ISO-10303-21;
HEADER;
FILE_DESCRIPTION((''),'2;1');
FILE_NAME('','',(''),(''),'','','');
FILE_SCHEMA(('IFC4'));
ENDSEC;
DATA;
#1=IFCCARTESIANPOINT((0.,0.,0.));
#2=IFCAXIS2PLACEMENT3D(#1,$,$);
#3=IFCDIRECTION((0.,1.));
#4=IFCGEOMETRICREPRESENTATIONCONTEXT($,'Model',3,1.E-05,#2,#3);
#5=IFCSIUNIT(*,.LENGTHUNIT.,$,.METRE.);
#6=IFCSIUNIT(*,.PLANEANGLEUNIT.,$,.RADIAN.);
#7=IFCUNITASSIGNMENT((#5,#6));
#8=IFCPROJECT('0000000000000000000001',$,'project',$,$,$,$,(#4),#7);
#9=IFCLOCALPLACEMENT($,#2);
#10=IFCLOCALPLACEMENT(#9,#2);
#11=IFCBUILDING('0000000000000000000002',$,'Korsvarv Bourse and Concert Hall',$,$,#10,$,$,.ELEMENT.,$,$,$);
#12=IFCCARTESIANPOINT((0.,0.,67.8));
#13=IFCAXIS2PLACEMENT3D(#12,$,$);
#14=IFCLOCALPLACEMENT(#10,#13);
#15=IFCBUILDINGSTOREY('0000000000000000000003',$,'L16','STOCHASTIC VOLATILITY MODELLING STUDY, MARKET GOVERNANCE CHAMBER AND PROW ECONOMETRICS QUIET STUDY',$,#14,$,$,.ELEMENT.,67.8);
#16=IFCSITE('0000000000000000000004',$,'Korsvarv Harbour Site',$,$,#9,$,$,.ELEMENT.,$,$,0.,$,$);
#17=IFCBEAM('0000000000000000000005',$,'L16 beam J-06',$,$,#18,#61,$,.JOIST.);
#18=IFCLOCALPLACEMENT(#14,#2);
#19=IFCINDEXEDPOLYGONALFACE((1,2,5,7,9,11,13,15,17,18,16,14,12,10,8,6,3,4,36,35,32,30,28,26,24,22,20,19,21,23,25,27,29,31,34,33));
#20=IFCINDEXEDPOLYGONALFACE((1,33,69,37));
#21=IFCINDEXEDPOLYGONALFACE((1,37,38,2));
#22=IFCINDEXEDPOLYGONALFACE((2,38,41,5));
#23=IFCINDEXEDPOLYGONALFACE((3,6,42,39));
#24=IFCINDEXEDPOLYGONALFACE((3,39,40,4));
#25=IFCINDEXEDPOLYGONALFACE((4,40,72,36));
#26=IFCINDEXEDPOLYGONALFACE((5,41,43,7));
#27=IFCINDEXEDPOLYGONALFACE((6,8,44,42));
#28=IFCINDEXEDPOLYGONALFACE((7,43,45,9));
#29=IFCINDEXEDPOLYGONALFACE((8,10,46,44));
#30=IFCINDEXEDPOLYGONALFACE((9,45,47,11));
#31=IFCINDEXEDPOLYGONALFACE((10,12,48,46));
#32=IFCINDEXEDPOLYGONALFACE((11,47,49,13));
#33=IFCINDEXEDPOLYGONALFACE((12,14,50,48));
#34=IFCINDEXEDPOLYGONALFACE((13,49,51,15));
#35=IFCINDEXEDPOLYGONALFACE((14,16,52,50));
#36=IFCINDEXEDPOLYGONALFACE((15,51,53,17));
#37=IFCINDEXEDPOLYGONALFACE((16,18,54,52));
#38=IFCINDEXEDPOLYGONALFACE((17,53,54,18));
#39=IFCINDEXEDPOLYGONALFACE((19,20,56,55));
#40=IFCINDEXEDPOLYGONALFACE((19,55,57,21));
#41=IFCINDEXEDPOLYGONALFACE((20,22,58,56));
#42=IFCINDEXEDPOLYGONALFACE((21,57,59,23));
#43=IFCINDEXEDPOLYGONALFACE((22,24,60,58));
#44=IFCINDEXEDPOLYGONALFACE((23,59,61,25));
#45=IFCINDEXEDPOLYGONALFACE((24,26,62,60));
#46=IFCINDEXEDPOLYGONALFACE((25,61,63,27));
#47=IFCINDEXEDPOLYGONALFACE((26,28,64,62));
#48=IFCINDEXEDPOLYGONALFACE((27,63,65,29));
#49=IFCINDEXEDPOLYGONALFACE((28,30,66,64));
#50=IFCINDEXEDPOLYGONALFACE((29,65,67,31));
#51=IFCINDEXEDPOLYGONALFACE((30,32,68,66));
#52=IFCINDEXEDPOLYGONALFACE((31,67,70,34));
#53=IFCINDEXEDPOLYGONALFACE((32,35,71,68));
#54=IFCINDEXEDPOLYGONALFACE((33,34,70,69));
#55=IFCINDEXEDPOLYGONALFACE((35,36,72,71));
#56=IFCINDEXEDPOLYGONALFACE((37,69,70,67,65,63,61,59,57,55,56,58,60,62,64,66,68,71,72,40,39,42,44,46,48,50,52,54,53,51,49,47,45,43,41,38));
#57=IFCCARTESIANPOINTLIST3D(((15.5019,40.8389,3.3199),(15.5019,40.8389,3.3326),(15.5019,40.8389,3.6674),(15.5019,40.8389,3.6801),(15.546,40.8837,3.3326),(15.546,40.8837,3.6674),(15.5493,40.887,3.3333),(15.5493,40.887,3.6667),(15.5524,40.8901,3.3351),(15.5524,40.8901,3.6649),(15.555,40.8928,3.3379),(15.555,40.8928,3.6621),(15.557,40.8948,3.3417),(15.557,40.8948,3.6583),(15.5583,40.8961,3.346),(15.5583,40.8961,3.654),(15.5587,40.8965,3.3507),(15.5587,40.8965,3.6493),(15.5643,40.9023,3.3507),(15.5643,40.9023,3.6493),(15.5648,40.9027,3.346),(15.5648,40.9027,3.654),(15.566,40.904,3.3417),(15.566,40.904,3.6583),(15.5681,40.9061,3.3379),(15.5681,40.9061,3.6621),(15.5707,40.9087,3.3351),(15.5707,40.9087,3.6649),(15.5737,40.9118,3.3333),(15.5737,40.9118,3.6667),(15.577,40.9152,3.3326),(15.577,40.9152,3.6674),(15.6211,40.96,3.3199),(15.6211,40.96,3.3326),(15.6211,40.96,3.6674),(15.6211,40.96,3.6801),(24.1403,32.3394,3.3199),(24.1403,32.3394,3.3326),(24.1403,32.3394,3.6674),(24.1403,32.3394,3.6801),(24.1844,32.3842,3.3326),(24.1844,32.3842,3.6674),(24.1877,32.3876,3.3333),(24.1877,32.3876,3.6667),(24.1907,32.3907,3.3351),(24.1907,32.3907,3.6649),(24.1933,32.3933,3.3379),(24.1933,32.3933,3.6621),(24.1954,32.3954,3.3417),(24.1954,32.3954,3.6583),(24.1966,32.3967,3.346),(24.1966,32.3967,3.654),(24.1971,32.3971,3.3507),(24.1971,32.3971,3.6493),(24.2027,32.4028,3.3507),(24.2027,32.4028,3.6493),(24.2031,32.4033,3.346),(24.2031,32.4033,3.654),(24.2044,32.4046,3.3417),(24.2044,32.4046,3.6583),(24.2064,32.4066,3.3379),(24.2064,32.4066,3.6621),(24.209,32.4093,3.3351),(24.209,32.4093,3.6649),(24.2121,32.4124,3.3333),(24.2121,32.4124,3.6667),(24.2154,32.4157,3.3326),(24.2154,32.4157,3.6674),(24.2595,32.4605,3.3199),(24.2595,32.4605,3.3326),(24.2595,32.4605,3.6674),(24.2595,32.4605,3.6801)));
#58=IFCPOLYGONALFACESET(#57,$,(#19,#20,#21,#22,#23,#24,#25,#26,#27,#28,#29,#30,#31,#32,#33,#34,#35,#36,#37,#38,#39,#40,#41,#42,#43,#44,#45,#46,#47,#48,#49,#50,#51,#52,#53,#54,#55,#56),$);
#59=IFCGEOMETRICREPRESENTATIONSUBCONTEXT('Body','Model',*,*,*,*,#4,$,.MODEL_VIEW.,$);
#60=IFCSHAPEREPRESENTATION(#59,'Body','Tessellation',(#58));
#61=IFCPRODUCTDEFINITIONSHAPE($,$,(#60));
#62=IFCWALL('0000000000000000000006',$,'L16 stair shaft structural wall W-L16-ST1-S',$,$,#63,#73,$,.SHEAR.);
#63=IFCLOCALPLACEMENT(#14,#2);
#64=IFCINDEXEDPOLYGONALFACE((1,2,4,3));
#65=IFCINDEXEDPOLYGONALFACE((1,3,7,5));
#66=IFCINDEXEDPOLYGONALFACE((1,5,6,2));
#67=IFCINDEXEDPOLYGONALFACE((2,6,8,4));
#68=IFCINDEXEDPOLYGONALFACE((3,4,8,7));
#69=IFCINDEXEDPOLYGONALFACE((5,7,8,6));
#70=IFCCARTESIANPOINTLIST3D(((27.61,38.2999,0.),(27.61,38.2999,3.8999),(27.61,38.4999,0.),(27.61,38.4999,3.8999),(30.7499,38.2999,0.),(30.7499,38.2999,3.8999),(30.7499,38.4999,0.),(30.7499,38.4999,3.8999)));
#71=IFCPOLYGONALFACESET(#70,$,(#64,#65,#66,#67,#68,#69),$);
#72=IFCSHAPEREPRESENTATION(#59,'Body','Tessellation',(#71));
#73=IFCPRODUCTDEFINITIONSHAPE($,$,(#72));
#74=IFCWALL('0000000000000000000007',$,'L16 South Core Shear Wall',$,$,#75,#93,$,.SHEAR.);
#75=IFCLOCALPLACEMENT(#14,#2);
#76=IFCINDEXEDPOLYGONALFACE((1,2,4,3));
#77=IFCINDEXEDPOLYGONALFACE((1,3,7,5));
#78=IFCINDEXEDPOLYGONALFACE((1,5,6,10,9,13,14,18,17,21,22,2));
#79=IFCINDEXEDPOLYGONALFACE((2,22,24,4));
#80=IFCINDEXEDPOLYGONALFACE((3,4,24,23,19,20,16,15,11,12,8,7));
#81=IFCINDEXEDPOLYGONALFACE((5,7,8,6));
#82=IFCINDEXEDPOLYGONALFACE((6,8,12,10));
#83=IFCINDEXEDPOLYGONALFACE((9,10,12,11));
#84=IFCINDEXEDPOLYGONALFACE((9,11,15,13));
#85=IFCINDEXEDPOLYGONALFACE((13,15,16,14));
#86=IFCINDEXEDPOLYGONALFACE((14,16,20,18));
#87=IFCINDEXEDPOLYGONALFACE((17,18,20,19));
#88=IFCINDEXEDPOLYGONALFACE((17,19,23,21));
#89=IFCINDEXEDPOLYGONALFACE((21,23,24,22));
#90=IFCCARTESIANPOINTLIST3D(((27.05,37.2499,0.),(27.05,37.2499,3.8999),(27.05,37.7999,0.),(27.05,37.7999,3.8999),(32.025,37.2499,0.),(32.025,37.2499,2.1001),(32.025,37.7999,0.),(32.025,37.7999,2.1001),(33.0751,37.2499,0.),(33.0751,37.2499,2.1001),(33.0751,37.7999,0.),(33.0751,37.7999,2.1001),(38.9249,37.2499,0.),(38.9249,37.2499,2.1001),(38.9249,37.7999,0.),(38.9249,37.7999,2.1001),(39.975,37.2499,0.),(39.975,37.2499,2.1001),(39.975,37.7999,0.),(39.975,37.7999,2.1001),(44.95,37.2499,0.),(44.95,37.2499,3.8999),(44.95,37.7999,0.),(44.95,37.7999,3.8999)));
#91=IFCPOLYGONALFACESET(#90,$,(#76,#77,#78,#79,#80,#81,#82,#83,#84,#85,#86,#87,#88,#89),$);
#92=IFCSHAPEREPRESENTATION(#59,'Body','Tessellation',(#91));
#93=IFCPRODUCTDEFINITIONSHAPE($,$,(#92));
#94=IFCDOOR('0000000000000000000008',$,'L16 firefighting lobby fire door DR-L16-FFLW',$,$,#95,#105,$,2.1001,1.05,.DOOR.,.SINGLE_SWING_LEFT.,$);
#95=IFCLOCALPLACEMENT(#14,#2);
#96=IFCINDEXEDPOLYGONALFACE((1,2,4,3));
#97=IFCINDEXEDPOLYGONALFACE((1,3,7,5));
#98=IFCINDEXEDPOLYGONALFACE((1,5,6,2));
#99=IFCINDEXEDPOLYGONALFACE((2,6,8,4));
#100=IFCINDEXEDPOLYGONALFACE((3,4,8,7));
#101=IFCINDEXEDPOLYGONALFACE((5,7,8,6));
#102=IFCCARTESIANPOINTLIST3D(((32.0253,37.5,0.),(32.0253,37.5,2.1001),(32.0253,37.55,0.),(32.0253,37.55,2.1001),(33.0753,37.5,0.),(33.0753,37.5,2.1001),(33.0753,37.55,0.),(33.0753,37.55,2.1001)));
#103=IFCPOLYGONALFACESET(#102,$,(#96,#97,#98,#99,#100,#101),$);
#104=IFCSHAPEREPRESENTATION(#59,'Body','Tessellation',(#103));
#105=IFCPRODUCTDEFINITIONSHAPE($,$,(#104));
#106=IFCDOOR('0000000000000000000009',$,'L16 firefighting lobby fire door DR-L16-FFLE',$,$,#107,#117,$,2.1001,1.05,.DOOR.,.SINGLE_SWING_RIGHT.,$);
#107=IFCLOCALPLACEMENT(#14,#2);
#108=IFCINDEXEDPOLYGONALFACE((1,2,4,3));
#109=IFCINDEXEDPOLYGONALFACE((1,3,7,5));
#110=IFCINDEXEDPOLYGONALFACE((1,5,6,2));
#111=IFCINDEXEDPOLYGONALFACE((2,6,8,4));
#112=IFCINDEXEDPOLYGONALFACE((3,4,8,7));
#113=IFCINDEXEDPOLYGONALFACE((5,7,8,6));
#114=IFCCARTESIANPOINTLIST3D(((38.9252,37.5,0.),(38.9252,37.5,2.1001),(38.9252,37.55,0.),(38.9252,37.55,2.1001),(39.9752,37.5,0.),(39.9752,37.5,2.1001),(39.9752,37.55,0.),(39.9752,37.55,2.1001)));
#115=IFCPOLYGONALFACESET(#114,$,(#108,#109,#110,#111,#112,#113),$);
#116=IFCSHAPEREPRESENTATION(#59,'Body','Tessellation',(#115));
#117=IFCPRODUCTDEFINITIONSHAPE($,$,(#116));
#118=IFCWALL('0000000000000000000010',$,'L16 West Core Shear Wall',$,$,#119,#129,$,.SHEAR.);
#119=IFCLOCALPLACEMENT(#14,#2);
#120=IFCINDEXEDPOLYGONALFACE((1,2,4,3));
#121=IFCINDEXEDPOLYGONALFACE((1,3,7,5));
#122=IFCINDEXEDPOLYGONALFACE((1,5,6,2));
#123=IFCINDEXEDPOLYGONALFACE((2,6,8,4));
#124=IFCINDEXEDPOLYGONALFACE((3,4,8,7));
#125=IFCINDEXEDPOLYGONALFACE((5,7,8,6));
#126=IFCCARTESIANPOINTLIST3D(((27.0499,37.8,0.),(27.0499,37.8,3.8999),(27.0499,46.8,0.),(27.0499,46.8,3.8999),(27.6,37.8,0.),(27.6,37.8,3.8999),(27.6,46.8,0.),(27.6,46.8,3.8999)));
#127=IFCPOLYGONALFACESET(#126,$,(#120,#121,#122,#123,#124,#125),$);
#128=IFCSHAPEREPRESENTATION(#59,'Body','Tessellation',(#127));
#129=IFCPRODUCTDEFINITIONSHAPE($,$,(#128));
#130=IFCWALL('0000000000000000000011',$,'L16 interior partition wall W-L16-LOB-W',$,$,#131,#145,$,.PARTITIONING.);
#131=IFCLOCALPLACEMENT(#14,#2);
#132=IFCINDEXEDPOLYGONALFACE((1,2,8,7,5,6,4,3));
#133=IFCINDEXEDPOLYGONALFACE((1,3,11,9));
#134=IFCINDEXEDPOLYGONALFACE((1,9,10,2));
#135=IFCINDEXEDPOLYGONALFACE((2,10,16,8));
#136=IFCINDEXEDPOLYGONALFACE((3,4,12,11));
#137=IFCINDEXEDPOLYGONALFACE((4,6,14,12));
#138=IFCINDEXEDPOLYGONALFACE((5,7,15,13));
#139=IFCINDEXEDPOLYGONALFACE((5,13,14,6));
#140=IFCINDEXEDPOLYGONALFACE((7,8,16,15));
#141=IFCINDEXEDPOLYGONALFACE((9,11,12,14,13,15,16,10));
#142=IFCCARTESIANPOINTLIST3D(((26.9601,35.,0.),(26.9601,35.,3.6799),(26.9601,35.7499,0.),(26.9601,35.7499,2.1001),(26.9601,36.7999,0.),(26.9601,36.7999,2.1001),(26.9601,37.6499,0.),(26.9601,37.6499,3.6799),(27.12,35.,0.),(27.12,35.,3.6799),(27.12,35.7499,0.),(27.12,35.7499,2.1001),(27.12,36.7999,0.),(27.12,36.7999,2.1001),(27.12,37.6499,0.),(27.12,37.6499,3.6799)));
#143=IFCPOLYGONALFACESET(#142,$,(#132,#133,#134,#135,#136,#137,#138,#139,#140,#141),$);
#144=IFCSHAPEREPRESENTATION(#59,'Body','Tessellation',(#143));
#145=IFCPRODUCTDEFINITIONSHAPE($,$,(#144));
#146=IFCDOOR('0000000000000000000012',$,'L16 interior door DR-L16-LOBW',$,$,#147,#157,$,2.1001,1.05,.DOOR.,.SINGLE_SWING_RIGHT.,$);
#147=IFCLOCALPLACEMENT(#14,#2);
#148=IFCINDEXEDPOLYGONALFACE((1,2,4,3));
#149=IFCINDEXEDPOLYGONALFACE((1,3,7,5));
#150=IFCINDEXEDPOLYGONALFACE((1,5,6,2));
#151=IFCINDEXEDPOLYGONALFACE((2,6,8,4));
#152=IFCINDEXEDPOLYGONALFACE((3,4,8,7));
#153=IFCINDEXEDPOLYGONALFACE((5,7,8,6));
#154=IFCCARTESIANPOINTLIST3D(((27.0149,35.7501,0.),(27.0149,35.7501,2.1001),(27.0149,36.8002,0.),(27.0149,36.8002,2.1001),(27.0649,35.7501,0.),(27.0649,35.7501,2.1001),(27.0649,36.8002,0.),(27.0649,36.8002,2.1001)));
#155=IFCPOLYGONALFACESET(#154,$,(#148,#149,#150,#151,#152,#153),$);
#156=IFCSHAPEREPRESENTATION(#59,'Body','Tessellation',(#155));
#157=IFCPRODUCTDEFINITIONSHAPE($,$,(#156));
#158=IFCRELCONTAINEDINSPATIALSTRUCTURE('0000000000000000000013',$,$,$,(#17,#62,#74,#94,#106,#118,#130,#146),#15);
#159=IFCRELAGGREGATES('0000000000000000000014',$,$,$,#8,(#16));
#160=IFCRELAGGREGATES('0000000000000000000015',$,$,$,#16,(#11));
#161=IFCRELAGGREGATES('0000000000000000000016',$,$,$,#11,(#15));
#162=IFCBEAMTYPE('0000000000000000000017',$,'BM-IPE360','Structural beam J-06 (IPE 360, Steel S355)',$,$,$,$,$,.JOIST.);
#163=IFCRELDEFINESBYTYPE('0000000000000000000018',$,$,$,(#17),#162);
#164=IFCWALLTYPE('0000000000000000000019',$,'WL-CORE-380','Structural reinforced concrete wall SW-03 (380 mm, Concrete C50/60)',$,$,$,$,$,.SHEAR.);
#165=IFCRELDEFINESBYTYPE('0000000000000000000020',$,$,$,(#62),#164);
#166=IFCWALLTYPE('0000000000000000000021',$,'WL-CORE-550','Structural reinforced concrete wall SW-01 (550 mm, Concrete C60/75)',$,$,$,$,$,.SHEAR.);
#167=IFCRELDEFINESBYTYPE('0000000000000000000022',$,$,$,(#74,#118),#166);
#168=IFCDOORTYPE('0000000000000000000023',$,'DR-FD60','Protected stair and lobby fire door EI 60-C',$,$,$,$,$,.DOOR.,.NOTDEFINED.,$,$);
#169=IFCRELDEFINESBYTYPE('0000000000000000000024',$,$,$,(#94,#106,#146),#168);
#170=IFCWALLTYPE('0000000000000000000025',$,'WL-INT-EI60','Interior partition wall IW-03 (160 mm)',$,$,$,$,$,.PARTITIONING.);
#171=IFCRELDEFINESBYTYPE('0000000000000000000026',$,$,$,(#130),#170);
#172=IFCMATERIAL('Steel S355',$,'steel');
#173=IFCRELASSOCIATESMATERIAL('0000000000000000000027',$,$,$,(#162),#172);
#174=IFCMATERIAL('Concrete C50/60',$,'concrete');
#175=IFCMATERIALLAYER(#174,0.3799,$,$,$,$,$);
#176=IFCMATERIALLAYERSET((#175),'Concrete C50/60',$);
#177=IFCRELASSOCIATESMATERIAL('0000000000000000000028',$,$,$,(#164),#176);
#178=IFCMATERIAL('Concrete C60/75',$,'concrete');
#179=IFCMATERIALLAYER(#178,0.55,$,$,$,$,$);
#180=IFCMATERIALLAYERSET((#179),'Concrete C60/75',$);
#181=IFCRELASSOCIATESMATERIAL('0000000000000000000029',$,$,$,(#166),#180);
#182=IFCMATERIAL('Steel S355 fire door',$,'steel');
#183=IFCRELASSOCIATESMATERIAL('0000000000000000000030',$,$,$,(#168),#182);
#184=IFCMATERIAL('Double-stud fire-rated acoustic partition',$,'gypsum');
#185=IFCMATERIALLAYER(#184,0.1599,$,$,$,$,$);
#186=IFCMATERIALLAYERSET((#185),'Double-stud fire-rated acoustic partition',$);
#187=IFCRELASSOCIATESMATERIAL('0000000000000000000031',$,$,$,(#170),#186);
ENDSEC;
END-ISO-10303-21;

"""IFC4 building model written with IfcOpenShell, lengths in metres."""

from ifc_helpers import new_model, si_unit, direction, frame, frame_2d, origin, origin_2d, place, context, subcontext, project, spatial, rectangle, i_section, extrude, source, transform, mapped, material, layer, layer_set, material_profile, profile_set, type_object, element, fill, save


model = new_model("IFC4")

# Units and contexts
model_context = context("Model", 3, precision=1e-05, world=origin(), true_north=direction((0.0, 1.0)))
body_context = subcontext(model_context, "Body", "Model", "MODEL_VIEW")
ifc_project = project(units=[si_unit("LENGTHUNIT", "METRE"), si_unit("PLANEANGLEUNIT", "RADIAN")], contexts=[model_context])

# Site, building, storey
site_placement = place(None, origin())
site = spatial("IfcSite", under=ifc_project, at=site_placement, Name="Korsvarv Harbour Site", CompositionType="ELEMENT", RefElevation=0.0)
building_placement = place(site_placement, origin())
building = spatial("IfcBuilding", under=site, at=building_placement, Name="Korsvarv Bourse and Concert Hall", CompositionType="ELEMENT")
storey_placement = place(building_placement, frame((0.0, 0.0, 67.8)))
storey = spatial("IfcBuildingStorey", under=building, at=storey_placement, Name="L16", Description="STOCHASTIC VOLATILITY MODELLING STUDY, MARKET GOVERNANCE CHAMBER AND PROW ECONOMETRICS QUIET STUDY", CompositionType="ELEMENT", Elevation=67.8)

# Shared definitions
ifc_material_1 = material(Name="Concrete C60/75", Category="concrete")

# Beam
ifc_material_2 = material(Name="Steel S355", Category="steel")
ifc_material_profile_1 = material_profile(ifc_material_2, i_section(OverallWidth=0.1699, OverallDepth=0.3601, WebThickness=0.0081, FlangeThickness=0.0127, FilletRadius=0.0181, at=origin_2d()), Name="IPE 360")
ifc_profile_set_1 = profile_set([ifc_material_profile_1], Name="Steel S355")
beam_type_1 = type_object("IfcBeamType", Name="BM-IPE360", Description="Structural beam J-06 (IPE 360, Steel S355)", PredefinedType="JOIST", material=ifc_profile_set_1)
shared_shape_1 = source(origin(), body_context, "Body", "SweptSolid", [
    extrude(i_section(OverallWidth=0.1699, OverallDepth=0.3601, WebThickness=0.0081, FlangeThickness=0.0127, FilletRadius=0.0181, at=origin_2d()), origin(), (0.0, 0.0, 1.0), 12.1187),
])
beam_1_placement = place(storey_placement, frame((15.5615, 40.8994, 3.5), z_axis=(0.712815, -0.701352, 0.0), x_axis=(0.701352, 0.712815, 0.0)))
element("IfcBeam", 1, at=beam_1_placement, inside=storey, type_object=beam_type_1, Name="L16 beam J-06", PredefinedType="JOIST", context=body_context, shape_type="MappedRepresentation", body=[
    mapped(shared_shape_1, transform((0.0, 0.0, 0.0), scale=1.0)),
])

# Wall
ifc_material_3 = material(Name="Concrete C50/60", Category="concrete")
ifc_layer_1 = layer(ifc_material_3, 0.3799)
ifc_layer_set_1 = layer_set([ifc_layer_1], Name="Concrete C50/60")
wall_type_1 = type_object("IfcWallType", Name="WL-CORE-380", Description="Structural reinforced concrete wall SW-03 (380 mm, Concrete C50/60)", PredefinedType="SHEAR", material=ifc_layer_set_1)
wall_1_placement = place(storey_placement, frame((27.6101, 38.3999, 0.0), z_axis=(0.0, 0.0, 1.0), x_axis=(1.0, 0.0, 0.0)))
element("IfcWall", 2, at=wall_1_placement, inside=storey, type_object=wall_type_1, Name="L16 stair shaft structural wall W-L16-ST1-S", PredefinedType="SHEAR", context=body_context, shape_type="SweptSolid", body=[
    extrude(rectangle(XDim=3.1399, YDim=0.2, at=frame_2d((1.5698, 0.0))), origin(), (0.0, 0.0, 1.0), 3.8999),
])

# Wall, openings, doors
ifc_layer_2 = layer(ifc_material_1, 0.55)
ifc_layer_set_2 = layer_set([ifc_layer_2], Name="Concrete C60/75")
wall_type_2 = type_object("IfcWallType", Name="WL-CORE-550", Description="Structural reinforced concrete wall SW-01 (550 mm, Concrete C60/75)", PredefinedType="SHEAR", material=ifc_layer_set_2)
wall_2_placement = place(storey_placement, frame((27.05, 37.5249, 0.0), z_axis=(0.0, 0.0, 1.0), x_axis=(1.0, 0.0, 0.0)))
wall_2 = element("IfcWall", 3, at=wall_2_placement, inside=storey, type_object=wall_type_2, Name="L16 South Core Shear Wall", PredefinedType="SHEAR", context=body_context, shape_type="SweptSolid", body=[
    extrude(rectangle(XDim=17.8999, YDim=0.55, at=frame_2d((8.95, 0.0))), origin(), (0.0, 0.0, 1.0), 3.8999),
])
opening_1_placement = place(wall_2_placement, frame((4.9751, 0.0, 0.0)))
opening_1 = element("IfcOpeningElement", 4, at=opening_1_placement, cuts=wall_2, PredefinedType="OPENING", context=body_context, shape_type="SweptSolid", body=[
    extrude(rectangle(XDim=1.05, YDim=2.1001, at=frame_2d((0.5249, 1.05))), frame((0.0, 0.2852, 0.0), z_axis=(0.0, -1.0, 0.0), x_axis=(1.0, 0.0, 0.0)), (0.0, 0.0, 1.0), 0.5701),
])
opening_2_placement = place(wall_2_placement, frame((11.875, 0.0, 0.0)))
opening_2 = element("IfcOpeningElement", 5, at=opening_2_placement, cuts=wall_2, PredefinedType="OPENING", context=body_context, shape_type="SweptSolid", body=[
    extrude(rectangle(XDim=1.05, YDim=2.1001, at=frame_2d((0.5249, 1.05))), frame((0.0, 0.2852, 0.0), z_axis=(0.0, -1.0, 0.0), x_axis=(1.0, 0.0, 0.0)), (0.0, 0.0, 1.0), 0.5701),
])
ifc_material_4 = material(Name="Steel S355 fire door", Category="steel")
door_type_1 = type_object("IfcDoorType", Name="DR-FD60", Description="Protected stair and lobby fire door EI 60-C", OperationType="NOTDEFINED", PredefinedType="DOOR", material=ifc_material_4)
door_1_placement = place(opening_1_placement, frame((1.05, 0.0, 0.0), z_axis=(0.0, 0.0, 1.0), x_axis=(-1.0, 0.0, 0.0)))
door_1 = element("IfcDoor", 6, at=door_1_placement, inside=storey, type_object=door_type_1, Name="L16 firefighting lobby fire door DR-L16-FFLW", OperationType="SINGLE_SWING_LEFT", OverallHeight=2.1001, OverallWidth=1.05, PredefinedType="DOOR", context=body_context, shape_type="SweptSolid", body=[
    extrude(rectangle(XDim=1.05, YDim=2.1001, at=frame_2d((0.5249, 1.05))), frame((0.0, 0.0249, 0.0), z_axis=(0.0, -1.0, 0.0), x_axis=(1.0, 0.0, 0.0)), (0.0, 0.0, 1.0), 0.05),
])
fill(opening_1, door_1)
door_2_placement = place(opening_2_placement, frame((1.05, 0.0, 0.0), z_axis=(0.0, 0.0, 1.0), x_axis=(-1.0, 0.0, 0.0)))
door_2 = element("IfcDoor", 7, at=door_2_placement, inside=storey, type_object=door_type_1, Name="L16 firefighting lobby fire door DR-L16-FFLE", OperationType="SINGLE_SWING_RIGHT", OverallHeight=2.1001, OverallWidth=1.05, PredefinedType="DOOR", context=body_context, shape_type="SweptSolid", body=[
    extrude(rectangle(XDim=1.05, YDim=2.1001, at=frame_2d((0.5249, 1.05))), frame((0.0, 0.0249, 0.0), z_axis=(0.0, -1.0, 0.0), x_axis=(1.0, 0.0, 0.0)), (0.0, 0.0, 1.0), 0.05),
])
fill(opening_2, door_2)

# Wall
wall_3_placement = place(storey_placement, frame((27.325, 37.8, 0.0), z_axis=(0.0, 0.0, 1.0), x_axis=(0.0, 1.0, 0.0)))
element("IfcWall", 8, at=wall_3_placement, inside=storey, type_object=wall_type_2, Name="L16 West Core Shear Wall", PredefinedType="SHEAR", context=body_context, shape_type="SweptSolid", body=[
    extrude(rectangle(XDim=9.0, YDim=0.55, at=frame_2d((4.5, 0.0))), origin(), (0.0, 0.0, 1.0), 3.8999),
])

# Wall, opening, door
ifc_material_5 = material(Name="Double-stud fire-rated acoustic partition", Category="gypsum")
ifc_layer_3 = layer(ifc_material_5, 0.1599)
ifc_layer_set_3 = layer_set([ifc_layer_3], Name="Double-stud fire-rated acoustic partition")
wall_type_3 = type_object("IfcWallType", Name="WL-INT-EI60", Description="Interior partition wall IW-03 (160 mm)", PredefinedType="PARTITIONING", material=ifc_layer_set_3)
wall_4_placement = place(storey_placement, frame((27.04, 35.0, 0.0), z_axis=(0.0, 0.0, 1.0), x_axis=(0.0, 1.0, 0.0)))
wall_4 = element("IfcWall", 9, at=wall_4_placement, inside=storey, type_object=wall_type_3, Name="L16 interior partition wall W-L16-LOB-W", PredefinedType="PARTITIONING", context=body_context, shape_type="SweptSolid", body=[
    extrude(rectangle(XDim=2.6499, YDim=0.1599, at=frame_2d((1.325, 0.0))), origin(), (0.0, 0.0, 1.0), 3.6799),
])
opening_3_placement = place(wall_4_placement, frame((0.75, 0.0, 0.0)))
opening_3 = element("IfcOpeningElement", 10, at=opening_3_placement, cuts=wall_4, PredefinedType="OPENING", context=body_context, shape_type="SweptSolid", body=[
    extrude(rectangle(XDim=1.05, YDim=2.1001, at=frame_2d((0.5249, 1.05))), frame((0.0, 0.0898, 0.0), z_axis=(0.0, -1.0, 0.0), x_axis=(1.0, 0.0, 0.0)), (0.0, 0.0, 1.0), 0.1799),
])
door_3_placement = place(opening_3_placement, frame((1.05, 0.0, 0.0), z_axis=(0.0, 0.0, 1.0), x_axis=(-1.0, 0.0, 0.0)))
door_3 = element("IfcDoor", 11, at=door_3_placement, inside=storey, type_object=door_type_1, Name="L16 interior door DR-L16-LOBW", OperationType="SINGLE_SWING_RIGHT", OverallHeight=2.1001, OverallWidth=1.05, PredefinedType="DOOR", context=body_context, shape_type="SweptSolid", body=[
    extrude(rectangle(XDim=1.05, YDim=2.1001, at=frame_2d((0.5249, 1.05))), frame((0.0, 0.0249, 0.0), z_axis=(0.0, -1.0, 0.0), x_axis=(1.0, 0.0, 0.0)), (0.0, 0.0, 1.0), 0.05),
])
fill(opening_3, door_3)

save(model, "model.ifc")
